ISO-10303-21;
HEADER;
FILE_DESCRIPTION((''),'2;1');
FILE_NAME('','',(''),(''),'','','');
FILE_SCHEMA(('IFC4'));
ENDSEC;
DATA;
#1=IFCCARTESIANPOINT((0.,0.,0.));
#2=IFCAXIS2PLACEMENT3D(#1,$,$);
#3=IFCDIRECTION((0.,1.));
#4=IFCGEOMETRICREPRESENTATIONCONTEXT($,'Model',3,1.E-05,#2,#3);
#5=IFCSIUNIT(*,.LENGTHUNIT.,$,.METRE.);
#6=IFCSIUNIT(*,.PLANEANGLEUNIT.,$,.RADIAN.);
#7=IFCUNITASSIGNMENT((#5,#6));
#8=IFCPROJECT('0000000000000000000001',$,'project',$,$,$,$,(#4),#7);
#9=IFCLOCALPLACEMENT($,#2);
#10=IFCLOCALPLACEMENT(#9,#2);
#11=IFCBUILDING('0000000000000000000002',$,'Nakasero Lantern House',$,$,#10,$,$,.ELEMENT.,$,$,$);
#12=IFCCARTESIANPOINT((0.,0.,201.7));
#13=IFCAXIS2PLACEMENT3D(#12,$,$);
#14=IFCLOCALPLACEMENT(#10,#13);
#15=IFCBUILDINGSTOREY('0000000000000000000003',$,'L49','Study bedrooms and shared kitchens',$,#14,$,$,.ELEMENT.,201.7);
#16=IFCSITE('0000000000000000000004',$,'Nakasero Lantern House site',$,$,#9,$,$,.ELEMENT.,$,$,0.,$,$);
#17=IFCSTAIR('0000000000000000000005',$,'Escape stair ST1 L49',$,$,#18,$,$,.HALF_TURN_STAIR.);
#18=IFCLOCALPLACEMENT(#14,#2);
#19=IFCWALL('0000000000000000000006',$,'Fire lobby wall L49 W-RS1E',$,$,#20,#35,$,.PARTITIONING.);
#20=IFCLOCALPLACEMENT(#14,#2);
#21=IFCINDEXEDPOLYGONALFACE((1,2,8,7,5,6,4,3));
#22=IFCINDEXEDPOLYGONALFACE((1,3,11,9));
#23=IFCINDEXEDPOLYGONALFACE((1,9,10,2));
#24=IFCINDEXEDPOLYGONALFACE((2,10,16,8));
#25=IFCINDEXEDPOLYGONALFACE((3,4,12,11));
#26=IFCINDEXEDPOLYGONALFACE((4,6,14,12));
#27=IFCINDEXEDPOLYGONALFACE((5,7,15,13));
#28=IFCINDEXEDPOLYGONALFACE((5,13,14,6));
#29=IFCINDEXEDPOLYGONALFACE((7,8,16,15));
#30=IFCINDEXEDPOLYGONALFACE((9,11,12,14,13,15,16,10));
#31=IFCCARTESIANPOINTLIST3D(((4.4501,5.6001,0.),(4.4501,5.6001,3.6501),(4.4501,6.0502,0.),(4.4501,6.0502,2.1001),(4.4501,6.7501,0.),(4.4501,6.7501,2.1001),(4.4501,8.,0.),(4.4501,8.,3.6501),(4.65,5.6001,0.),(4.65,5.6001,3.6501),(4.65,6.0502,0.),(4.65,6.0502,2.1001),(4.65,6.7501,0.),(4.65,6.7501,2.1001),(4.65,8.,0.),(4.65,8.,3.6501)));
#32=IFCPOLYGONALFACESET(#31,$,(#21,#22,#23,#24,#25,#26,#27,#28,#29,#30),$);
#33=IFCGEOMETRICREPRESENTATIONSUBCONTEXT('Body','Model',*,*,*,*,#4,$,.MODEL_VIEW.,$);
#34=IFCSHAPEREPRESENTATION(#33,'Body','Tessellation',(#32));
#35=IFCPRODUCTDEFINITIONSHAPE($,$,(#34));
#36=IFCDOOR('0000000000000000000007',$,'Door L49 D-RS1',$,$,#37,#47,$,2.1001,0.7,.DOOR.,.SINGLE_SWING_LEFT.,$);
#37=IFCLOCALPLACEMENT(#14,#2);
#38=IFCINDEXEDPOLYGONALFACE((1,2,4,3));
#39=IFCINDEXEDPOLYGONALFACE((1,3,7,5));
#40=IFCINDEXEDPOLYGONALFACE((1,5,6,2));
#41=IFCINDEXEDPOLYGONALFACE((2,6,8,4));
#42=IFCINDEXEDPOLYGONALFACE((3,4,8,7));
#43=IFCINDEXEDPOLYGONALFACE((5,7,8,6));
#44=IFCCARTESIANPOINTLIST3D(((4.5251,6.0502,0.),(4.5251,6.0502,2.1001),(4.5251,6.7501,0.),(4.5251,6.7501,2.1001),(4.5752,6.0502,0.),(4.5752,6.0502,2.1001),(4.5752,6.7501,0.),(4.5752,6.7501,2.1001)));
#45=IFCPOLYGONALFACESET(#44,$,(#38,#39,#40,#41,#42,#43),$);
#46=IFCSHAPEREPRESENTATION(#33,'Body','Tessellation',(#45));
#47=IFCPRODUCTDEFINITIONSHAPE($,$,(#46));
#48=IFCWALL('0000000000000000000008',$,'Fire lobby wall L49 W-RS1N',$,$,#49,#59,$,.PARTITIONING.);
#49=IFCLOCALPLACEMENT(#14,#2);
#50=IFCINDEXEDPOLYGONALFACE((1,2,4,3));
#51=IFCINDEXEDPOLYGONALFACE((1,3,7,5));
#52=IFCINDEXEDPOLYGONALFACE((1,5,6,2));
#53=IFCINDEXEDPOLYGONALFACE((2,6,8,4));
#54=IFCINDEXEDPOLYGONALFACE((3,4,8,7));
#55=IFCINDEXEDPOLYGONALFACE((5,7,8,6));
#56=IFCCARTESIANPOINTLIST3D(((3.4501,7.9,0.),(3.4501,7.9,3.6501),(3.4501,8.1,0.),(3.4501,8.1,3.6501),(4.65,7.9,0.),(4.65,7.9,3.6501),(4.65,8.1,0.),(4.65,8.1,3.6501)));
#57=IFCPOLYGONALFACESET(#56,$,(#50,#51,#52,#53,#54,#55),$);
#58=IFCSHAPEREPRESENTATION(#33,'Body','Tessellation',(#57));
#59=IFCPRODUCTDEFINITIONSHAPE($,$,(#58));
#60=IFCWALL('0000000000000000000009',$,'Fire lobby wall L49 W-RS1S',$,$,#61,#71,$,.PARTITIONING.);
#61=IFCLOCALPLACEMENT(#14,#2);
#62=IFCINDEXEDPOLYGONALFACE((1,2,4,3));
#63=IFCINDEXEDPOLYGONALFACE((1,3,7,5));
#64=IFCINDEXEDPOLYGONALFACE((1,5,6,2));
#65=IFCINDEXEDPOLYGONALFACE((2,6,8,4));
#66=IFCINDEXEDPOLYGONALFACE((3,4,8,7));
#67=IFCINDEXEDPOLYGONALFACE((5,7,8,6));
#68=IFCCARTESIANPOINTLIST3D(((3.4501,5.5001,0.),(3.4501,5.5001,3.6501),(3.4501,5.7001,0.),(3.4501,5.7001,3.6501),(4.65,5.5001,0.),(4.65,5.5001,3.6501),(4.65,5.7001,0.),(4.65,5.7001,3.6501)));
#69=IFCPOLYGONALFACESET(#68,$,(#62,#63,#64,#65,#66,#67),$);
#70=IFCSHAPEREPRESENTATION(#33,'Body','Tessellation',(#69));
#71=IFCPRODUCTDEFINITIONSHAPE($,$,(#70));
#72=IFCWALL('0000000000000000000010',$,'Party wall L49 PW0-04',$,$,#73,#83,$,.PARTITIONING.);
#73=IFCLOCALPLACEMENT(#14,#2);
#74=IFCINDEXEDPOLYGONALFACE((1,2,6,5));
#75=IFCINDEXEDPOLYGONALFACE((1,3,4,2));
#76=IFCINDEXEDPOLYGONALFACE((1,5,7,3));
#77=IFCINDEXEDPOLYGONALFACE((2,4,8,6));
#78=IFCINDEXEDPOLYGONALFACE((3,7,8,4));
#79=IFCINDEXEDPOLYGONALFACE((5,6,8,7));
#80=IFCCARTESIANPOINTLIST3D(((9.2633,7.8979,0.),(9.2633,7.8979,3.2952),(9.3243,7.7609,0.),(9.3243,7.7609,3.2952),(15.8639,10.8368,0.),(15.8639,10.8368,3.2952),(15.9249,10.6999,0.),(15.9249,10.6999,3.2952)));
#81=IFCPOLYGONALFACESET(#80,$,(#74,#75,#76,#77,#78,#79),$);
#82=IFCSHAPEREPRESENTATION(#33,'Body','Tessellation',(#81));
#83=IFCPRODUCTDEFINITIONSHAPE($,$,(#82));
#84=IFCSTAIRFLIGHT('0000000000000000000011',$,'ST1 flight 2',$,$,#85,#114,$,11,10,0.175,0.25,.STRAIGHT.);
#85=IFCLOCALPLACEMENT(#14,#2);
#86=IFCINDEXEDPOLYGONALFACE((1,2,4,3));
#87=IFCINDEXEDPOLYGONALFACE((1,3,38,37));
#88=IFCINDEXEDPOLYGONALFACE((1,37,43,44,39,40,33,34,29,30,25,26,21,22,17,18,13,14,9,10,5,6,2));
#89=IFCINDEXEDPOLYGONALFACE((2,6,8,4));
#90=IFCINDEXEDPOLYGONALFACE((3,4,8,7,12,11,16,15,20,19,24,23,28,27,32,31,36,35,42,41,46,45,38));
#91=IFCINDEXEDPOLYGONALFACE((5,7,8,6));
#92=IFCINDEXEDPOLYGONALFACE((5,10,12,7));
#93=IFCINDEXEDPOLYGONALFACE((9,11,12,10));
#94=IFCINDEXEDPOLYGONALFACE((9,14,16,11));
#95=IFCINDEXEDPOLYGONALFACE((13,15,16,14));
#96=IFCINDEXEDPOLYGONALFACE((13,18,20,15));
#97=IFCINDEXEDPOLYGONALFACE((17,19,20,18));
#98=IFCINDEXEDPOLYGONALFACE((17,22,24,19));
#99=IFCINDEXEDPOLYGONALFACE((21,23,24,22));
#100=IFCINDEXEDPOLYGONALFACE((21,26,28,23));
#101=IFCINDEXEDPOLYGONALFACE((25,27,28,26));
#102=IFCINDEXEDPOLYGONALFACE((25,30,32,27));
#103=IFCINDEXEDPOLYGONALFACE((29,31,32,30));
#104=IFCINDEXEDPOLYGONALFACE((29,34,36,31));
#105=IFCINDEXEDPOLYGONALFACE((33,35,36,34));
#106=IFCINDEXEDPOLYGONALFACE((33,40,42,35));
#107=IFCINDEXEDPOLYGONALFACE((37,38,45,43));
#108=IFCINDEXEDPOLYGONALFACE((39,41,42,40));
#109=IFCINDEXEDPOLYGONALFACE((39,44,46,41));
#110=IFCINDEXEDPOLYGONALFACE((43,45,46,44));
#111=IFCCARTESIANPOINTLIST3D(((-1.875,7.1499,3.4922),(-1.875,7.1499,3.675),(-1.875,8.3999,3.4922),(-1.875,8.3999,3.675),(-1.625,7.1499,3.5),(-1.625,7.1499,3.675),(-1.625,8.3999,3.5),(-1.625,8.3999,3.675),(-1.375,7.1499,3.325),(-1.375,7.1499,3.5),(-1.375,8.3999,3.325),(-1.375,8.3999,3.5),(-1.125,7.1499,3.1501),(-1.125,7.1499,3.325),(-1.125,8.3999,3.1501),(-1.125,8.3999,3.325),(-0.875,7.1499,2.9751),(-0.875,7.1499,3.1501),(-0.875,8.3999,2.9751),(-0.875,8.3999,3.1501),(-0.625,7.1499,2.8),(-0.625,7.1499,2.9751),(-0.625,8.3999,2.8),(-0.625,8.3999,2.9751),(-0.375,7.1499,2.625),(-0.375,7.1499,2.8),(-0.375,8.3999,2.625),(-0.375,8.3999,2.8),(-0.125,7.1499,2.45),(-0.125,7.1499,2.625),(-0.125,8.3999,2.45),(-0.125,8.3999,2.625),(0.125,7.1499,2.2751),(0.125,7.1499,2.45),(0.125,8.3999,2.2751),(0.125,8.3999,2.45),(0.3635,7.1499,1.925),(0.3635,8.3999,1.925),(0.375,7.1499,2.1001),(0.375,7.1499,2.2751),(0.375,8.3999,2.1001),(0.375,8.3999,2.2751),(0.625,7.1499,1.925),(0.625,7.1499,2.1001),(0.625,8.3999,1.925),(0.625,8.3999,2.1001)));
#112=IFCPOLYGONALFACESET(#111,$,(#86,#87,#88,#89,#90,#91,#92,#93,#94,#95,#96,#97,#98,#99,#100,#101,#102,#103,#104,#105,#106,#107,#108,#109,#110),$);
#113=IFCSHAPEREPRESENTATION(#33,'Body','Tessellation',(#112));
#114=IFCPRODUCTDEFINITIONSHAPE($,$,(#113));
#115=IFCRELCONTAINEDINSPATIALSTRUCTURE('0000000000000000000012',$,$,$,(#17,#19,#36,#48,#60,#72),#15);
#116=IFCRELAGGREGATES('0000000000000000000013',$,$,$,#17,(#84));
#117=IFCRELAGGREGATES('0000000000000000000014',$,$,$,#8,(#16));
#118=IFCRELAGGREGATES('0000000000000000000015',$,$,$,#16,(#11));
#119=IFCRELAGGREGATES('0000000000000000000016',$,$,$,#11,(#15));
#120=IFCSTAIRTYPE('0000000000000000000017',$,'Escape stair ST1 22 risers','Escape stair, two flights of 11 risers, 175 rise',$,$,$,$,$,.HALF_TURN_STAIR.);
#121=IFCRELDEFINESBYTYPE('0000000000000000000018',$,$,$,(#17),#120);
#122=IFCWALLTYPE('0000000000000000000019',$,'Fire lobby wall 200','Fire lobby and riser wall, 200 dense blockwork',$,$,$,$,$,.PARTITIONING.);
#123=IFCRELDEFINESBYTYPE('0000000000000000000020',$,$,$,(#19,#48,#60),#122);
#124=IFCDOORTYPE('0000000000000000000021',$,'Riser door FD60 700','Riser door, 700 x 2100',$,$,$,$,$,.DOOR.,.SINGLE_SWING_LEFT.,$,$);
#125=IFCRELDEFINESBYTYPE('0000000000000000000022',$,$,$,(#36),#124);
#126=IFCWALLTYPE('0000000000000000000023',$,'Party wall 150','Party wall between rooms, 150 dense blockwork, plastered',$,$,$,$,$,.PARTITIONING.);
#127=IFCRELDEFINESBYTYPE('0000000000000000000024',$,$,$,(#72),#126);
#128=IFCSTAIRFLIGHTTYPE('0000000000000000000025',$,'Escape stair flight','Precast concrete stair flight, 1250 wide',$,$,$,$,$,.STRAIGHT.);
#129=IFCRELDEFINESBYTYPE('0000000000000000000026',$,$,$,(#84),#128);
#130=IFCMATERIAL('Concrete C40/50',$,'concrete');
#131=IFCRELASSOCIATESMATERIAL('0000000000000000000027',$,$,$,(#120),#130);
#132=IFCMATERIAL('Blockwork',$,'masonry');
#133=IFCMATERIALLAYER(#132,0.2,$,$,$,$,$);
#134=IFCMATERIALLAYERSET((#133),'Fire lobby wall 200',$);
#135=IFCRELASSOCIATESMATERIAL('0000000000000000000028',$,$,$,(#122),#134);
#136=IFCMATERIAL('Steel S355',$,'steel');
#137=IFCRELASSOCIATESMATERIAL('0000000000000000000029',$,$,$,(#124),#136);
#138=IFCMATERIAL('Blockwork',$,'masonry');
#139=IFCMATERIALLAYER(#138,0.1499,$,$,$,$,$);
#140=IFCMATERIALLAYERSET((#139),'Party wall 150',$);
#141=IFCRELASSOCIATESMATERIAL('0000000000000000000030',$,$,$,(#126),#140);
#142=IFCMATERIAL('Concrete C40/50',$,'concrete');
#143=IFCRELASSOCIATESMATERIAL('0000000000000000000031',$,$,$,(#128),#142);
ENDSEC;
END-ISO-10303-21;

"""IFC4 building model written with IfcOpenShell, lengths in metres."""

from ifc_helpers import new_model, si_unit, direction, frame, frame_2d, origin, place, context, subcontext, project, spatial, polyline, rectangle, outline, extrude, material, layer, layer_set, type_object, element, fill, aggregate, save


model = new_model("IFC4")

# Units and contexts
model_context = context("Model", 3, precision=1e-05, world=origin(), true_north=direction((0.0, 1.0)))
body_context = subcontext(model_context, "Body", "Model", "MODEL_VIEW")
ifc_project = project(units=[si_unit("LENGTHUNIT", "METRE"), si_unit("PLANEANGLEUNIT", "RADIAN")], contexts=[model_context])

# Site, building, storey
site_placement = place(None, origin())
site = spatial("IfcSite", under=ifc_project, at=site_placement, Name="Nakasero Lantern House site", CompositionType="ELEMENT", RefElevation=0.0)
building_placement = place(site_placement, origin())
building = spatial("IfcBuilding", under=site, at=building_placement, Name="Nakasero Lantern House", CompositionType="ELEMENT")
storey_placement = place(building_placement, frame((0.0, 0.0, 201.7)))
storey = spatial("IfcBuildingStorey", under=building, at=storey_placement, Name="L49", Description="Study bedrooms and shared kitchens", CompositionType="ELEMENT", Elevation=201.7)

# Stair
ifc_material_1 = material(Name="Concrete C40/50", Category="concrete")
stair_type_1 = type_object("IfcStairType", Name="Escape stair ST1 22 risers", Description="Escape stair, two flights of 11 risers, 175 rise", PredefinedType="HALF_TURN_STAIR", material=ifc_material_1)
stair_1_placement = place(storey_placement, origin())
stair_1 = element("IfcStair", 1, at=stair_1_placement, inside=storey, type_object=stair_type_1, Name="Escape stair ST1 L49", PredefinedType="HALF_TURN_STAIR")

# Wall, opening, door
ifc_material_2 = material(Name="Blockwork", Category="masonry")
ifc_layer_1 = layer(ifc_material_2, 0.2)
ifc_layer_set_1 = layer_set([ifc_layer_1], Name="Fire lobby wall 200")
wall_type_1 = type_object("IfcWallType", Name="Fire lobby wall 200", Description="Fire lobby and riser wall, 200 dense blockwork", PredefinedType="PARTITIONING", material=ifc_layer_set_1)
wall_1_placement = place(storey_placement, frame((4.55, 5.6001, 0.0), z_axis=(0.0, 0.0, 1.0), x_axis=(0.0, 1.0, 0.0)))
wall_1 = element("IfcWall", 2, at=wall_1_placement, inside=storey, type_object=wall_type_1, Name="Fire lobby wall L49 W-RS1E", PredefinedType="PARTITIONING", context=body_context, shape_type="SweptSolid", body=[
    extrude(rectangle(XDim=2.3999, YDim=0.2, at=frame_2d((1.2, 0.0))), origin(), (0.0, 0.0, 1.0), 3.6501),
])
opening_1_placement = place(wall_1_placement, frame((0.45, 0.0, 0.0)))
opening_1 = element("IfcOpeningElement", 3, at=opening_1_placement, cuts=wall_1, PredefinedType="OPENING", context=body_context, shape_type="SweptSolid", body=[
    extrude(rectangle(XDim=0.7, YDim=2.1001, at=frame_2d((0.3501, 1.05))), frame((0.0, 0.1199, 0.0), z_axis=(0.0, -1.0, 0.0), x_axis=(1.0, 0.0, 0.0)), (0.0, 0.0, 1.0), 0.24),
])
ifc_material_3 = material(Name="Steel S355", Category="steel")
door_type_1 = type_object("IfcDoorType", Name="Riser door FD60 700", Description="Riser door, 700 x 2100", OperationType="SINGLE_SWING_LEFT", PredefinedType="DOOR", material=ifc_material_3)
door_1_placement = place(opening_1_placement, origin())
door_1 = element("IfcDoor", 4, at=door_1_placement, inside=storey, type_object=door_type_1, Name="Door L49 D-RS1", OperationType="SINGLE_SWING_LEFT", OverallHeight=2.1001, OverallWidth=0.7, PredefinedType="DOOR", context=body_context, shape_type="SweptSolid", body=[
    extrude(rectangle(XDim=0.7, YDim=2.1001, at=frame_2d((0.3501, 1.05))), frame((0.0, 0.0249, 0.0), z_axis=(0.0, -1.0, 0.0), x_axis=(1.0, 0.0, 0.0)), (0.0, 0.0, 1.0), 0.05),
])
fill(opening_1, door_1)

# Walls
for number, where, z_axis, x_axis, name in (
    (5, (3.45, 8.0, 0.0), (0.0, 0.0, 1.0), (1.0, 0.0, 0.0), "Fire lobby wall L49 W-RS1N"),
    (6, (3.45, 5.6001, 0.0), (0.0, 0.0, 1.0), (1.0, 0.0, 0.0), "Fire lobby wall L49 W-RS1S"),
):
    element("IfcWall", number, at=place(storey_placement, frame(where, z_axis=z_axis, x_axis=x_axis)), inside=storey, type_object=wall_type_1, Name=name, PredefinedType="PARTITIONING", context=body_context, shape_type="SweptSolid", body=[
        extrude(rectangle(XDim=1.2, YDim=0.2, at=frame_2d((0.6001, 0.0))), origin(), (0.0, 0.0, 1.0), 3.6501),
    ])
ifc_material_4 = material(Name="Blockwork", Category="masonry")
ifc_layer_2 = layer(ifc_material_4, 0.1499)
ifc_layer_set_2 = layer_set([ifc_layer_2], Name="Party wall 150")
wall_type_2 = type_object("IfcWallType", Name="Party wall 150", Description="Party wall between rooms, 150 dense blockwork, plastered", PredefinedType="PARTITIONING", material=ifc_layer_set_2)
wall_2_placement = place(storey_placement, frame((9.2937, 7.8293, 0.0), z_axis=(0.0, 0.0, 1.0), x_axis=(0.913535, 0.406759, 0.0)))
element("IfcWall", 7, at=wall_2_placement, inside=storey, type_object=wall_type_2, Name="Party wall L49 PW0-04", PredefinedType="PARTITIONING", context=body_context, shape_type="SweptSolid", body=[
    extrude(rectangle(XDim=7.2253, YDim=0.1499, at=frame_2d((3.6128, 0.0))), origin(), (0.0, 0.0, 1.0), 3.2952),
])

# Stair flight
ifc_material_5 = material(Name="Concrete C40/50", Category="concrete")
stair_flight_type = type_object("IfcStairFlightType", Name="Escape stair flight", Description="Precast concrete stair flight, 1250 wide", PredefinedType="STRAIGHT", material=ifc_material_5)
stair_flight_placement = place(storey_placement, frame((0.625, 7.7749, 1.925), z_axis=(0.0, 0.0, 1.0), x_axis=(-1.0, 0.0, 0.0)))
stair_flight = element("IfcStairFlight", 8, at=stair_flight_placement, type_object=stair_flight_type, Name="ST1 flight 2", NumberOfRisers=11, NumberOfTreads=10, PredefinedType="STRAIGHT", RiserHeight=0.175, TreadLength=0.25, context=body_context, shape_type="SweptSolid", body=[
    extrude(outline(polyline([(0.0, 0.0), (0.0, 0.175), (0.25, 0.175), (0.25, 0.3501), (0.5, 0.3501), (0.5, 0.5249), (0.75, 0.5249), (0.75, 0.7), (1.0, 0.7), (1.0, 0.875), (1.25, 0.875), (1.25, 1.05), (1.5, 1.05), (1.5, 1.2251), (1.75, 1.2251), (1.75, 1.3999), (2.0, 1.3999), (2.0, 1.575), (2.25, 1.575), (2.25, 1.75), (2.5, 1.75), (2.5, 1.925), (2.5, 1.5671), (0.2615, 0.0), (0.0, 0.0)])), frame((0.0, 0.625, 0.0), z_axis=(0.0, -1.0, 0.0), x_axis=(1.0, 0.0, 0.0)), (0.0, 0.0, 1.0), 1.25),
])
aggregate(stair_1, [stair_flight])

save(model, "model.ifc")
